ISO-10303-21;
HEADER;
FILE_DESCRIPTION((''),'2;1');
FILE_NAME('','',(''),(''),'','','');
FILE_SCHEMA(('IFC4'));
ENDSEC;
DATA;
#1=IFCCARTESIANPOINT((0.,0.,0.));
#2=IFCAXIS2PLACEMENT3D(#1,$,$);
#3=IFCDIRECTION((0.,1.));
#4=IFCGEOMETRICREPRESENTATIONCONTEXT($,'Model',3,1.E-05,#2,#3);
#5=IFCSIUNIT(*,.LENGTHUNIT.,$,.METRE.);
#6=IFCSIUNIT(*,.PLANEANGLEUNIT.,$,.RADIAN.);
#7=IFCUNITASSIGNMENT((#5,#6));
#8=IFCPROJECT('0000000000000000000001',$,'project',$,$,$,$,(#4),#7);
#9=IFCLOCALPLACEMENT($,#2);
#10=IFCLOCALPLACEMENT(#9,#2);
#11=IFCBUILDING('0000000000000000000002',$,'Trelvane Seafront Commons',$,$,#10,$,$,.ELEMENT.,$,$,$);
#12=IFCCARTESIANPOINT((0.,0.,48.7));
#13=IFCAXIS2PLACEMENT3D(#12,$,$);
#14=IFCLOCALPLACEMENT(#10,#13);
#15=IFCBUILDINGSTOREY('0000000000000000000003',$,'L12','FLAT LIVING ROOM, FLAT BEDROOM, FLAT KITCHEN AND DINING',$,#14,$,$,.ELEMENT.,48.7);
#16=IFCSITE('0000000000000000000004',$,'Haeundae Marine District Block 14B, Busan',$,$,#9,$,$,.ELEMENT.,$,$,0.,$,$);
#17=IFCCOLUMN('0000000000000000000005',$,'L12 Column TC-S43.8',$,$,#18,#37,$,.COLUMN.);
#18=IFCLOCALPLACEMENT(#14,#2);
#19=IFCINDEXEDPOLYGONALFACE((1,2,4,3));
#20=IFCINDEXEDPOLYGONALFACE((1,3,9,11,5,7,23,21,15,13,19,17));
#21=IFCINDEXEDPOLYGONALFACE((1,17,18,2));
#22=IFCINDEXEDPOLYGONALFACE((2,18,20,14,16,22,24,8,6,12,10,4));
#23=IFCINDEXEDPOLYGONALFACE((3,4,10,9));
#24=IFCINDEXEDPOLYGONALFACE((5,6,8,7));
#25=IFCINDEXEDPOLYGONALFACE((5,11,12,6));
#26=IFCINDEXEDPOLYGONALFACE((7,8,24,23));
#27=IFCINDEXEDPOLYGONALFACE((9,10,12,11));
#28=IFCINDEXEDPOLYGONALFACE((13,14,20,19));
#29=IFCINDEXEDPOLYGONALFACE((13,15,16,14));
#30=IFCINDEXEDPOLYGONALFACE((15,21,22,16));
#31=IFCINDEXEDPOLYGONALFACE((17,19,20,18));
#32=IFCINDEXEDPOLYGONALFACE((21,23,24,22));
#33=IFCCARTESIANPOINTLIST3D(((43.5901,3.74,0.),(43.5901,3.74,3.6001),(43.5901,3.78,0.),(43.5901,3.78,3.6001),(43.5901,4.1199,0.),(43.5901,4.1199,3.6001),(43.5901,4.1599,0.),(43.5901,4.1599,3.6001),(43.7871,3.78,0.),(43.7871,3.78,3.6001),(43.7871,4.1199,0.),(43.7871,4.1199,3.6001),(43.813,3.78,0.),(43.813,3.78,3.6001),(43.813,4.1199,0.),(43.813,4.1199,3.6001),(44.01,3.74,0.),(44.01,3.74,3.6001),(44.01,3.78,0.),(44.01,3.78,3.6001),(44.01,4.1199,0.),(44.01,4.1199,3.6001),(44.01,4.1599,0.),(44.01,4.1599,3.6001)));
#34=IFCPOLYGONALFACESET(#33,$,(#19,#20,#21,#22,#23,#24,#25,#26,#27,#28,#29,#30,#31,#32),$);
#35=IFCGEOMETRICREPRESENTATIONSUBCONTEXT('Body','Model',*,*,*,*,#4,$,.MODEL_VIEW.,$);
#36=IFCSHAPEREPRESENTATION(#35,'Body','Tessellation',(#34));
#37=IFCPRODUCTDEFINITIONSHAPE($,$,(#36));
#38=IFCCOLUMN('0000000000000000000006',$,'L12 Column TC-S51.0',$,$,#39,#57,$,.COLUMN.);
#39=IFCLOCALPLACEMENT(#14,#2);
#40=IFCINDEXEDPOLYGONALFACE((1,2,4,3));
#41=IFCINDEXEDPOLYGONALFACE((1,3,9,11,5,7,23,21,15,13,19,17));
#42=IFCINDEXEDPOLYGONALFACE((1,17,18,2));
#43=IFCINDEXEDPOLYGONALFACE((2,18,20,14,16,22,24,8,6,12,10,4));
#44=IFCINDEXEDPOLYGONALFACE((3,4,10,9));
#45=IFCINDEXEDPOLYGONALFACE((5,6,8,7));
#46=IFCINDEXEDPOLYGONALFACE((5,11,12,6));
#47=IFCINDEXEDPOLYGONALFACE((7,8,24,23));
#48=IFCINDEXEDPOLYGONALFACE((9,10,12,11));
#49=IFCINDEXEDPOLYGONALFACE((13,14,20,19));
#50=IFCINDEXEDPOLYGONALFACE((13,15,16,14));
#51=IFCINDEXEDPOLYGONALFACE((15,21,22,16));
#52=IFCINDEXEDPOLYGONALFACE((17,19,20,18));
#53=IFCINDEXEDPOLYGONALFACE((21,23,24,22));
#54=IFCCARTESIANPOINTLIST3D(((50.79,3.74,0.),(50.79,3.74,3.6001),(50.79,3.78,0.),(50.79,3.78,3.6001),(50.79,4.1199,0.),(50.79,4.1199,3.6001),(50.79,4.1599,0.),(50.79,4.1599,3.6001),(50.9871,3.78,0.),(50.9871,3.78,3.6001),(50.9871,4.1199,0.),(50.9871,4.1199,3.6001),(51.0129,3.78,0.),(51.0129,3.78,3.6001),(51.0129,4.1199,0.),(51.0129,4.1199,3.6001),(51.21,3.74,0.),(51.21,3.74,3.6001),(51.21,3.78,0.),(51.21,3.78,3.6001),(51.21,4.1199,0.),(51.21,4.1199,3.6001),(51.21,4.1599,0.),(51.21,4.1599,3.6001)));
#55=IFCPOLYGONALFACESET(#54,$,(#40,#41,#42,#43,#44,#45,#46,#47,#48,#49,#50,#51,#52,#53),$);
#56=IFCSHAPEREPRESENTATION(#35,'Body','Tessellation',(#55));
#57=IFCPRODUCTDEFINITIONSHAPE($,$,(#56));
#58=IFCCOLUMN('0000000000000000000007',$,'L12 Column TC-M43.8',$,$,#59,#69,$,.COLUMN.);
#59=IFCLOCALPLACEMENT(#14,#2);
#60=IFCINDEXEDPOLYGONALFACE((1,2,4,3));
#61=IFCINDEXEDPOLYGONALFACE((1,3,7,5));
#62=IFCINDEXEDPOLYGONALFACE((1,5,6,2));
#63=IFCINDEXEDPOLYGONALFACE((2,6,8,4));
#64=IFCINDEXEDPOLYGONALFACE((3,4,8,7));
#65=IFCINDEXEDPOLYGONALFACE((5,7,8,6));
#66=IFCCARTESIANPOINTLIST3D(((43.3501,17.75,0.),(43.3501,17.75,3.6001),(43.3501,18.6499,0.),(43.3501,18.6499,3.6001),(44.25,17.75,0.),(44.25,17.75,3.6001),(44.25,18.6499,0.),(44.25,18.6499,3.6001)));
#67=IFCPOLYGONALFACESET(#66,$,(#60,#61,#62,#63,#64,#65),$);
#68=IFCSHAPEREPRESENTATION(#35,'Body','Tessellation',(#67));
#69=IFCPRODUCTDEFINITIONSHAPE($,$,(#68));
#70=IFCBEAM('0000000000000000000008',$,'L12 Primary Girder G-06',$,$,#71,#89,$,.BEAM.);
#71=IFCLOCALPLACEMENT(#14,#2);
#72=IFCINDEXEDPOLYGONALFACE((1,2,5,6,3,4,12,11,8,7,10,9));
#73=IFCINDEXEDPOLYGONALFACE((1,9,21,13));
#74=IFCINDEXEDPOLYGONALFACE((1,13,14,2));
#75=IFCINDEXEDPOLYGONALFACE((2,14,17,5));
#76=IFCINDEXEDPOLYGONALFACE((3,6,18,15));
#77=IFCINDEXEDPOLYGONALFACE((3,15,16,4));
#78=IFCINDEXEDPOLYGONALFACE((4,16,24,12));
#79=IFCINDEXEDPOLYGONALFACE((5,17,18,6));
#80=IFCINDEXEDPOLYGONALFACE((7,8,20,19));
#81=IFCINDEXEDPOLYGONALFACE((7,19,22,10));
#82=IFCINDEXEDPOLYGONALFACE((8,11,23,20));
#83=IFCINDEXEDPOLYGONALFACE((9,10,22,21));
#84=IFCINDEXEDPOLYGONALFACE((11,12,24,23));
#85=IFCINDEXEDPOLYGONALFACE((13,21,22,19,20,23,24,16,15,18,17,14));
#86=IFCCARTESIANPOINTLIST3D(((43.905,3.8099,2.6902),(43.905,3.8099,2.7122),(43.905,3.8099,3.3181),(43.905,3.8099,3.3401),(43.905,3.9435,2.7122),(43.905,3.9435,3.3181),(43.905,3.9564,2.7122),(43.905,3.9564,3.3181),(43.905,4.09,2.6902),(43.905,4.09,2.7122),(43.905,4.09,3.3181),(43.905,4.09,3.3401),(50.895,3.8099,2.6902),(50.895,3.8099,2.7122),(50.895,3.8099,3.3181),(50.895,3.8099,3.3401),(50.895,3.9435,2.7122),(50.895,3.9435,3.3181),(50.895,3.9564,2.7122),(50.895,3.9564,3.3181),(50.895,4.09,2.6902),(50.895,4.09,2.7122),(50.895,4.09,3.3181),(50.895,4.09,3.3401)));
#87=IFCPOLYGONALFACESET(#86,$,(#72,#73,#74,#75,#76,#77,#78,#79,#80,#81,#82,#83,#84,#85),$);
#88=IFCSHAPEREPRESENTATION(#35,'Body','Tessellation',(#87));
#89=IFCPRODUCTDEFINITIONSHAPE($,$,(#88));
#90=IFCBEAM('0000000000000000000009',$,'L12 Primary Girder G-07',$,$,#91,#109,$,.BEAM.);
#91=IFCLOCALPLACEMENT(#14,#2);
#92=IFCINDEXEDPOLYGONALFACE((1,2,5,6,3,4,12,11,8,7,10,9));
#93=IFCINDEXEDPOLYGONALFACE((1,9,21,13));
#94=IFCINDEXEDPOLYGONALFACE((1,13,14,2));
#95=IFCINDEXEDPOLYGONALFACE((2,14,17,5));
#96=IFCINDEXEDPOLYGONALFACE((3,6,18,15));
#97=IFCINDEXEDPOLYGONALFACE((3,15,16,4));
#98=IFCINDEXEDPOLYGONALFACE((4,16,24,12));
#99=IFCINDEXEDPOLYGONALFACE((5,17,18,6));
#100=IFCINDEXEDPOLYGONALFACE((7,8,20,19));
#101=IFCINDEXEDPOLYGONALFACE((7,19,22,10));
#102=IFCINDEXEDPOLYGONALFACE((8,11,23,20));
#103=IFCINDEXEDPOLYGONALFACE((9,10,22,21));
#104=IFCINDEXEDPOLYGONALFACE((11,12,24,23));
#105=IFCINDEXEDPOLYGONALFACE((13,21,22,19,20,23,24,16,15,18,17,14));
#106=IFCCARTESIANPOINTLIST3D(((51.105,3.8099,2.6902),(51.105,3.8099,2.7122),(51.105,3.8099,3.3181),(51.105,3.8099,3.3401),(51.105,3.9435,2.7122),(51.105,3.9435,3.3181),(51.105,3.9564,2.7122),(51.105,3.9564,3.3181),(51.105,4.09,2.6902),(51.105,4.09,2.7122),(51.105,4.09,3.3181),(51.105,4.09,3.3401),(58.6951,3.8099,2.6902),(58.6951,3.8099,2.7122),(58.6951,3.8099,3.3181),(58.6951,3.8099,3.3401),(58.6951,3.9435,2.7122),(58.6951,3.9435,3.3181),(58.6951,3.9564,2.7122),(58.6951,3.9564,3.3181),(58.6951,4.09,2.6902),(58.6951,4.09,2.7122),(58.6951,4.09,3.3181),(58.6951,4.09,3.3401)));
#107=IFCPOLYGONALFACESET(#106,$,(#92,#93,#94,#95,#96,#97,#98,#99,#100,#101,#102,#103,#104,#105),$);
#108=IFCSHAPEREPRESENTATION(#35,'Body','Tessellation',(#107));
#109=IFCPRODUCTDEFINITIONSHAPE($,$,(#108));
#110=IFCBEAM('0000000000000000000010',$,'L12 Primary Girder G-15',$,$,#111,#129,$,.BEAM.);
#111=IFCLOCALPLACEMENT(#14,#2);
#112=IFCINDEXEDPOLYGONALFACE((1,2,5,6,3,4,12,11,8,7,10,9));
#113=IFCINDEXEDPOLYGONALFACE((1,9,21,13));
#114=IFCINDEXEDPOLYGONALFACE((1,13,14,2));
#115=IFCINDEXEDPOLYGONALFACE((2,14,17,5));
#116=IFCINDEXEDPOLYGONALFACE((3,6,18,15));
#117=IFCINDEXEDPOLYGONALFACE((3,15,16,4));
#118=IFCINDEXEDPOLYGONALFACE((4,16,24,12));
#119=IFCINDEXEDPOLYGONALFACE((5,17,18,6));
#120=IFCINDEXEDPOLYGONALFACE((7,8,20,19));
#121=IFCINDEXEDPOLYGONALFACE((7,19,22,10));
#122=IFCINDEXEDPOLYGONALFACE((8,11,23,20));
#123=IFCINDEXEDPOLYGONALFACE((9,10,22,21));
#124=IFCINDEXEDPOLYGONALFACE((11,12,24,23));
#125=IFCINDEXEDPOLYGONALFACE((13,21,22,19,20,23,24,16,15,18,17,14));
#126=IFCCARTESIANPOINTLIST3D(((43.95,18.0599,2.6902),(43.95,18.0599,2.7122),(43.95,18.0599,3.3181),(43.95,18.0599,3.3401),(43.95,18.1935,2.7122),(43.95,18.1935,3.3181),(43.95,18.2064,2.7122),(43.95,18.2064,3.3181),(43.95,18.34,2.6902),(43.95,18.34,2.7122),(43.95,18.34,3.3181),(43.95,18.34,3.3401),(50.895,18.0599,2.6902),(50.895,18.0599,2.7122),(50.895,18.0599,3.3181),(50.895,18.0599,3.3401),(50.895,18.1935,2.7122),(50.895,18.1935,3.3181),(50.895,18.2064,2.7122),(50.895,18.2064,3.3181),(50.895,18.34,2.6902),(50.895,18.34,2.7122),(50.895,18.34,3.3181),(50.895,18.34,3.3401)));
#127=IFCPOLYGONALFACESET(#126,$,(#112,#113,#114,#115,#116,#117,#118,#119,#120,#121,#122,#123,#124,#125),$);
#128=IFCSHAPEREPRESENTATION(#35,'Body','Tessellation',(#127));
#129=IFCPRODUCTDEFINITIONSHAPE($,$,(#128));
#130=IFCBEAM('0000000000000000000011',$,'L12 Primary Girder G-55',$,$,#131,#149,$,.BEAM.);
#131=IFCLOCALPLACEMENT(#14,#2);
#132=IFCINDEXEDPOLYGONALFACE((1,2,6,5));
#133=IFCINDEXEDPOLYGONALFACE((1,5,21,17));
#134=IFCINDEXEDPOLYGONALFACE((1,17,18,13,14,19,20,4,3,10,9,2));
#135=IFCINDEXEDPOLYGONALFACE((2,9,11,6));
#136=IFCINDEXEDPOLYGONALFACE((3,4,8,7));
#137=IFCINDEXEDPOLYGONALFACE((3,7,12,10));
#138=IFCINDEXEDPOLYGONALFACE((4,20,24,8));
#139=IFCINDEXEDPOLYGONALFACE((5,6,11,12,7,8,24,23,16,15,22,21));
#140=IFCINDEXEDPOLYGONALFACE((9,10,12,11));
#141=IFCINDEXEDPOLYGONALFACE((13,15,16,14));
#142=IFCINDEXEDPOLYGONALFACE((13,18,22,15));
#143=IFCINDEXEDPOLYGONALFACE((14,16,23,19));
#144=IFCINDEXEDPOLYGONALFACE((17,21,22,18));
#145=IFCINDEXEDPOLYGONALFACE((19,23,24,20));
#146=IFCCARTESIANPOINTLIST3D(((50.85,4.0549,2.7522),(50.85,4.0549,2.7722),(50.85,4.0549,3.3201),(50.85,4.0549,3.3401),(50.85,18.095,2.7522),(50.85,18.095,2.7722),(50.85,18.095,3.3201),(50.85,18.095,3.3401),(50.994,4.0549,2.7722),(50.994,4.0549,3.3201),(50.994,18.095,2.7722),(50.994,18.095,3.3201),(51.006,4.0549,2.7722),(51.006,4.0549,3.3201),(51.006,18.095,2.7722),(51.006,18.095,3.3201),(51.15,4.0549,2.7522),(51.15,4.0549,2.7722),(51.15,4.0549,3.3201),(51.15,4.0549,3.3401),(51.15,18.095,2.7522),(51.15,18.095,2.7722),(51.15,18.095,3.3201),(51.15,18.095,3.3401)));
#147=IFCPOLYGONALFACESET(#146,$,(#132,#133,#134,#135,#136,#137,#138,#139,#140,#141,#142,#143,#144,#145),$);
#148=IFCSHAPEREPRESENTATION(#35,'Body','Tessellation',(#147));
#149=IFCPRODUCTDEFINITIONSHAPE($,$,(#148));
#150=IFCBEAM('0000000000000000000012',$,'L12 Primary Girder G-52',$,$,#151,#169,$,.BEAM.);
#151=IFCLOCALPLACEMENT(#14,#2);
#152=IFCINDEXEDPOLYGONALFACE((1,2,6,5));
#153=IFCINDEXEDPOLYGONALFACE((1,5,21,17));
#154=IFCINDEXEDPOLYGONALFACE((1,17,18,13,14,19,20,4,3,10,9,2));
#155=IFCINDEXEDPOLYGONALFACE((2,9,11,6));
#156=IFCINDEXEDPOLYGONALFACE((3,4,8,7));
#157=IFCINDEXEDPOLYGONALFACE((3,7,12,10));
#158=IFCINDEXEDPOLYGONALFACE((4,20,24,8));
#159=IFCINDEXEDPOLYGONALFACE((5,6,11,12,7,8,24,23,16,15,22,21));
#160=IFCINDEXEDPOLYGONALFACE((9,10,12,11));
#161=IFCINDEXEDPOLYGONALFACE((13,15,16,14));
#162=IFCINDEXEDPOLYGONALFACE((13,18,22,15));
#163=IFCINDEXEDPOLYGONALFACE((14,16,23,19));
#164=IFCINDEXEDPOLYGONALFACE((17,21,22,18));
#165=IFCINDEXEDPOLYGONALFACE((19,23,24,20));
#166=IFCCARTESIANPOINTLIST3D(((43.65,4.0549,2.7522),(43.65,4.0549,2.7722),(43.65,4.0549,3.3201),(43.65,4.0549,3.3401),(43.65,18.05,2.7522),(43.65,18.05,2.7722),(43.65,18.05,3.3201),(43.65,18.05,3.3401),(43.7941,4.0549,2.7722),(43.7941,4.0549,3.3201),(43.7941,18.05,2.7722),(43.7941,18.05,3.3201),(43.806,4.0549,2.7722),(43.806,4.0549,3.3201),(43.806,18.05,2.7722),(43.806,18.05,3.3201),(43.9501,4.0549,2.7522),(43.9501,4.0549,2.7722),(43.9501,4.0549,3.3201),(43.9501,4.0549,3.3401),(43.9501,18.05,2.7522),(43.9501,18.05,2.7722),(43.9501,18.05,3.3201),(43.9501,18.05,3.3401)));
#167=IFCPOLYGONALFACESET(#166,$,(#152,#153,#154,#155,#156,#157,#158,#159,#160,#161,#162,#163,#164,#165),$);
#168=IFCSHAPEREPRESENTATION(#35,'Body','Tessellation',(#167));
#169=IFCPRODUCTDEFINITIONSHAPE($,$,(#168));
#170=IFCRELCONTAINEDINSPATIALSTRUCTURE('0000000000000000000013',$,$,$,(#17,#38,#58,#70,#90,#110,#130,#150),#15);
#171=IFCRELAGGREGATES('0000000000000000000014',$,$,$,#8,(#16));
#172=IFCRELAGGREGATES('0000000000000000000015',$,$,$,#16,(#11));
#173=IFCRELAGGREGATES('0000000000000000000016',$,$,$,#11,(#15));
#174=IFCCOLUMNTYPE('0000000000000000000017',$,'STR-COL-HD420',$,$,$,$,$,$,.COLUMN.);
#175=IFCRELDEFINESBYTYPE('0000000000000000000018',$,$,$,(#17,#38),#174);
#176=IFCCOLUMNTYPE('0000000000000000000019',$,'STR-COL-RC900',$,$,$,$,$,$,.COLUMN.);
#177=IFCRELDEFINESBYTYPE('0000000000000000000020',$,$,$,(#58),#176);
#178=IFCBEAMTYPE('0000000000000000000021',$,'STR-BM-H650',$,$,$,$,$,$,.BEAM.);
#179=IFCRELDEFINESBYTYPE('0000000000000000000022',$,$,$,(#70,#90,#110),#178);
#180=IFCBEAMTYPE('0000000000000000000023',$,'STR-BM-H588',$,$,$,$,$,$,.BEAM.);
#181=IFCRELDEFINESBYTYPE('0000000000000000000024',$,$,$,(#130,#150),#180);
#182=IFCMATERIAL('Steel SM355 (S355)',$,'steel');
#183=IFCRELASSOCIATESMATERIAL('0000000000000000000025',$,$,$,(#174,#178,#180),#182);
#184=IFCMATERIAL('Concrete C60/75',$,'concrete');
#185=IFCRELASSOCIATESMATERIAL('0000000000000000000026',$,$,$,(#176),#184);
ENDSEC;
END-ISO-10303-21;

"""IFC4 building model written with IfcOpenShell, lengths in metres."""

from ifc_helpers import new_model, si_unit, direction, frame, origin, origin_2d, place, context, subcontext, project, spatial, rectangle, i_section, extrude, source, transform, mapped, material, material_profile, profile_set, type_object, element, save


model = new_model("IFC4")

# Units and contexts
model_context = context("Model", 3, precision=1e-05, world=origin(), true_north=direction((0.0, 1.0)))
body_context = subcontext(model_context, "Body", "Model", "MODEL_VIEW")
ifc_project = project(units=[si_unit("LENGTHUNIT", "METRE"), si_unit("PLANEANGLEUNIT", "RADIAN")], contexts=[model_context])

# Site, building, storey
site_placement = place(None, origin())
site = spatial("IfcSite", under=ifc_project, at=site_placement, Name="Haeundae Marine District Block 14B, Busan", CompositionType="ELEMENT", RefElevation=0.0)
building_placement = place(site_placement, origin())
building = spatial("IfcBuilding", under=site, at=building_placement, Name="Trelvane Seafront Commons", CompositionType="ELEMENT")
storey_placement = place(building_placement, frame((0.0, 0.0, 48.7)))
storey = spatial("IfcBuildingStorey", under=building, at=storey_placement, Name="L12", Description="FLAT LIVING ROOM, FLAT BEDROOM, FLAT KITCHEN AND DINING", CompositionType="ELEMENT", Elevation=48.7)

# Columns
ifc_material_1 = material(Name="Steel SM355 (S355)", Category="steel")
ifc_material_profile_1 = material_profile(ifc_material_1, i_section(OverallWidth=0.4199, OverallDepth=0.4199, WebThickness=0.0259, FlangeThickness=0.04, at=origin_2d()), Name="HD-420x420x26x40")
ifc_profile_set_1 = profile_set([ifc_material_profile_1], Name="Steel SM355 (S355)")
column_type_1 = type_object("IfcColumnType", Name="STR-COL-HD420", PredefinedType="COLUMN", material=ifc_profile_set_1)
shared_shape_1 = source(origin(), body_context, "Body", "SweptSolid", [
    extrude(i_section(OverallWidth=0.4199, OverallDepth=0.4199, WebThickness=0.0259, FlangeThickness=0.04, at=origin_2d()), origin(), (0.0, 0.0, 1.0), 3.6001),
])
for number, where, z_axis, x_axis, name in (
    (1, (43.8, 3.95, 0.0), (0.0, 0.0, 1.0), (1.0, 0.0, 0.0), "L12 Column TC-S43.8"),
    (2, (51.0, 3.95, 0.0), (0.0, 0.0, 1.0), (1.0, 0.0, 0.0), "L12 Column TC-S51.0"),
):
    element("IfcColumn", number, at=place(storey_placement, frame(where, z_axis=z_axis, x_axis=x_axis)), inside=storey, type_object=column_type_1, Name=name, PredefinedType="COLUMN", context=body_context, shape_type="MappedRepresentation", body=[
        mapped(shared_shape_1, transform((0.0, 0.0, 0.0), x_axis=(1.0, 0.0, 0.0), y_axis=(0.0, 1.0, 0.0), z_axis=(0.0, 0.0, 1.0), scale=1.0)),
    ])
ifc_material_2 = material(Name="Concrete C60/75", Category="concrete")
ifc_material_profile_2 = material_profile(ifc_material_2, rectangle(XDim=0.8999, YDim=0.8999, at=origin_2d()), Name="RC-900x900")
ifc_profile_set_2 = profile_set([ifc_material_profile_2], Name="Concrete C60/75")
column_type_2 = type_object("IfcColumnType", Name="STR-COL-RC900", PredefinedType="COLUMN", material=ifc_profile_set_2)
shared_shape_2 = source(origin(), body_context, "Body", "SweptSolid", [
    extrude(rectangle(XDim=0.8999, YDim=0.8999, at=origin_2d()), origin(), (0.0, 0.0, 1.0), 3.6001),
])
column_placement = place(storey_placement, frame((43.8, 18.2, 0.0), z_axis=(0.0, 0.0, 1.0), x_axis=(1.0, 0.0, 0.0)))
element("IfcColumn", 3, at=column_placement, inside=storey, type_object=column_type_2, Name="L12 Column TC-M43.8", PredefinedType="COLUMN", context=body_context, shape_type="MappedRepresentation", body=[
    mapped(shared_shape_2, transform((0.0, 0.0, 0.0), x_axis=(1.0, 0.0, 0.0), y_axis=(0.0, 1.0, 0.0), z_axis=(0.0, 0.0, 1.0), scale=1.0)),
])

# Beams
ifc_material_profile_3 = material_profile(ifc_material_1, i_section(OverallWidth=0.28, OverallDepth=0.6499, WebThickness=0.0129, FlangeThickness=0.022, at=origin_2d()), Name="H-650x280x13x22")
ifc_profile_set_3 = profile_set([ifc_material_profile_3], Name="Steel SM355 (S355)")
beam_type_1 = type_object("IfcBeamType", Name="STR-BM-H650", PredefinedType="BEAM", material=ifc_profile_set_3)
shared_shape_3 = source(origin(), body_context, "Body", "SweptSolid", [
    extrude(i_section(OverallWidth=0.28, OverallDepth=0.6499, WebThickness=0.0129, FlangeThickness=0.022, at=origin_2d()), origin(), (0.0, 0.0, 1.0), 6.99),
])
beam_1_placement = place(storey_placement, frame((43.905, 3.95, 3.0151), z_axis=(1.0, 0.0, 0.0), x_axis=(0.0, 1.0, 0.0)))
element("IfcBeam", 4, at=beam_1_placement, inside=storey, type_object=beam_type_1, Name="L12 Primary Girder G-06", PredefinedType="BEAM", context=body_context, shape_type="MappedRepresentation", body=[
    mapped(shared_shape_3, transform((0.0, 0.0, 0.0), x_axis=(1.0, 0.0, 0.0), y_axis=(0.0, 1.0, 0.0), z_axis=(0.0, 0.0, 1.0), scale=1.0)),
])
shared_shape_4 = source(origin(), body_context, "Body", "SweptSolid", [
    extrude(i_section(OverallWidth=0.28, OverallDepth=0.6499, WebThickness=0.0129, FlangeThickness=0.022, at=origin_2d()), origin(), (0.0, 0.0, 1.0), 7.5901),
])
beam_2_placement = place(storey_placement, frame((51.105, 3.95, 3.0151), z_axis=(1.0, 0.0, 0.0), x_axis=(0.0, 1.0, 0.0)))
element("IfcBeam", 5, at=beam_2_placement, inside=storey, type_object=beam_type_1, Name="L12 Primary Girder G-07", PredefinedType="BEAM", context=body_context, shape_type="MappedRepresentation", body=[
    mapped(shared_shape_4, transform((0.0, 0.0, 0.0), x_axis=(1.0, 0.0, 0.0), y_axis=(0.0, 1.0, 0.0), z_axis=(0.0, 0.0, 1.0), scale=1.0)),
])
shared_shape_5 = source(origin(), body_context, "Body", "SweptSolid", [
    extrude(i_section(OverallWidth=0.28, OverallDepth=0.6499, WebThickness=0.0129, FlangeThickness=0.022, at=origin_2d()), origin(), (0.0, 0.0, 1.0), 6.9451),
])
beam_3_placement = place(storey_placement, frame((43.95, 18.2, 3.0151), z_axis=(1.0, 0.0, 0.0), x_axis=(0.0, 1.0, 0.0)))
element("IfcBeam", 6, at=beam_3_placement, inside=storey, type_object=beam_type_1, Name="L12 Primary Girder G-15", PredefinedType="BEAM", context=body_context, shape_type="MappedRepresentation", body=[
    mapped(shared_shape_5, transform((0.0, 0.0, 0.0), x_axis=(1.0, 0.0, 0.0), y_axis=(0.0, 1.0, 0.0), z_axis=(0.0, 0.0, 1.0), scale=1.0)),
])
ifc_material_profile_4 = material_profile(ifc_material_1, i_section(OverallWidth=0.3, OverallDepth=0.5879, WebThickness=0.012, FlangeThickness=0.02, at=origin_2d()), Name="H-588x300x12x20")
ifc_profile_set_4 = profile_set([ifc_material_profile_4], Name="Steel SM355 (S355)")
beam_type_2 = type_object("IfcBeamType", Name="STR-BM-H588", PredefinedType="BEAM", material=ifc_profile_set_4)
shared_shape_6 = source(origin(), body_context, "Body", "SweptSolid", [
    extrude(i_section(OverallWidth=0.3, OverallDepth=0.5879, WebThickness=0.012, FlangeThickness=0.02, at=origin_2d()), origin(), (0.0, 0.0, 1.0), 14.04),
])
beam_4_placement = place(storey_placement, frame((51.0, 4.0549, 3.0461), z_axis=(0.0, 1.0, 0.0), x_axis=(-1.0, 0.0, 0.0)))
element("IfcBeam", 7, at=beam_4_placement, inside=storey, type_object=beam_type_2, Name="L12 Primary Girder G-55", PredefinedType="BEAM", context=body_context, shape_type="MappedRepresentation", body=[
    mapped(shared_shape_6, transform((0.0, 0.0, 0.0), x_axis=(1.0, 0.0, 0.0), y_axis=(0.0, 1.0, 0.0), z_axis=(0.0, 0.0, 1.0), scale=1.0)),
])
shared_shape_7 = source(origin(), body_context, "Body", "SweptSolid", [
    extrude(i_section(OverallWidth=0.3, OverallDepth=0.5879, WebThickness=0.012, FlangeThickness=0.02, at=origin_2d()), origin(), (0.0, 0.0, 1.0), 13.9951),
])
beam_5_placement = place(storey_placement, frame((43.8, 4.0549, 3.0461), z_axis=(0.0, 1.0, 0.0), x_axis=(-1.0, 0.0, 0.0)))
element("IfcBeam", 8, at=beam_5_placement, inside=storey, type_object=beam_type_2, Name="L12 Primary Girder G-52", PredefinedType="BEAM", context=body_context, shape_type="MappedRepresentation", body=[
    mapped(shared_shape_7, transform((0.0, 0.0, 0.0), x_axis=(1.0, 0.0, 0.0), y_axis=(0.0, 1.0, 0.0), z_axis=(0.0, 0.0, 1.0), scale=1.0)),
])

save(model, "model.ifc")
